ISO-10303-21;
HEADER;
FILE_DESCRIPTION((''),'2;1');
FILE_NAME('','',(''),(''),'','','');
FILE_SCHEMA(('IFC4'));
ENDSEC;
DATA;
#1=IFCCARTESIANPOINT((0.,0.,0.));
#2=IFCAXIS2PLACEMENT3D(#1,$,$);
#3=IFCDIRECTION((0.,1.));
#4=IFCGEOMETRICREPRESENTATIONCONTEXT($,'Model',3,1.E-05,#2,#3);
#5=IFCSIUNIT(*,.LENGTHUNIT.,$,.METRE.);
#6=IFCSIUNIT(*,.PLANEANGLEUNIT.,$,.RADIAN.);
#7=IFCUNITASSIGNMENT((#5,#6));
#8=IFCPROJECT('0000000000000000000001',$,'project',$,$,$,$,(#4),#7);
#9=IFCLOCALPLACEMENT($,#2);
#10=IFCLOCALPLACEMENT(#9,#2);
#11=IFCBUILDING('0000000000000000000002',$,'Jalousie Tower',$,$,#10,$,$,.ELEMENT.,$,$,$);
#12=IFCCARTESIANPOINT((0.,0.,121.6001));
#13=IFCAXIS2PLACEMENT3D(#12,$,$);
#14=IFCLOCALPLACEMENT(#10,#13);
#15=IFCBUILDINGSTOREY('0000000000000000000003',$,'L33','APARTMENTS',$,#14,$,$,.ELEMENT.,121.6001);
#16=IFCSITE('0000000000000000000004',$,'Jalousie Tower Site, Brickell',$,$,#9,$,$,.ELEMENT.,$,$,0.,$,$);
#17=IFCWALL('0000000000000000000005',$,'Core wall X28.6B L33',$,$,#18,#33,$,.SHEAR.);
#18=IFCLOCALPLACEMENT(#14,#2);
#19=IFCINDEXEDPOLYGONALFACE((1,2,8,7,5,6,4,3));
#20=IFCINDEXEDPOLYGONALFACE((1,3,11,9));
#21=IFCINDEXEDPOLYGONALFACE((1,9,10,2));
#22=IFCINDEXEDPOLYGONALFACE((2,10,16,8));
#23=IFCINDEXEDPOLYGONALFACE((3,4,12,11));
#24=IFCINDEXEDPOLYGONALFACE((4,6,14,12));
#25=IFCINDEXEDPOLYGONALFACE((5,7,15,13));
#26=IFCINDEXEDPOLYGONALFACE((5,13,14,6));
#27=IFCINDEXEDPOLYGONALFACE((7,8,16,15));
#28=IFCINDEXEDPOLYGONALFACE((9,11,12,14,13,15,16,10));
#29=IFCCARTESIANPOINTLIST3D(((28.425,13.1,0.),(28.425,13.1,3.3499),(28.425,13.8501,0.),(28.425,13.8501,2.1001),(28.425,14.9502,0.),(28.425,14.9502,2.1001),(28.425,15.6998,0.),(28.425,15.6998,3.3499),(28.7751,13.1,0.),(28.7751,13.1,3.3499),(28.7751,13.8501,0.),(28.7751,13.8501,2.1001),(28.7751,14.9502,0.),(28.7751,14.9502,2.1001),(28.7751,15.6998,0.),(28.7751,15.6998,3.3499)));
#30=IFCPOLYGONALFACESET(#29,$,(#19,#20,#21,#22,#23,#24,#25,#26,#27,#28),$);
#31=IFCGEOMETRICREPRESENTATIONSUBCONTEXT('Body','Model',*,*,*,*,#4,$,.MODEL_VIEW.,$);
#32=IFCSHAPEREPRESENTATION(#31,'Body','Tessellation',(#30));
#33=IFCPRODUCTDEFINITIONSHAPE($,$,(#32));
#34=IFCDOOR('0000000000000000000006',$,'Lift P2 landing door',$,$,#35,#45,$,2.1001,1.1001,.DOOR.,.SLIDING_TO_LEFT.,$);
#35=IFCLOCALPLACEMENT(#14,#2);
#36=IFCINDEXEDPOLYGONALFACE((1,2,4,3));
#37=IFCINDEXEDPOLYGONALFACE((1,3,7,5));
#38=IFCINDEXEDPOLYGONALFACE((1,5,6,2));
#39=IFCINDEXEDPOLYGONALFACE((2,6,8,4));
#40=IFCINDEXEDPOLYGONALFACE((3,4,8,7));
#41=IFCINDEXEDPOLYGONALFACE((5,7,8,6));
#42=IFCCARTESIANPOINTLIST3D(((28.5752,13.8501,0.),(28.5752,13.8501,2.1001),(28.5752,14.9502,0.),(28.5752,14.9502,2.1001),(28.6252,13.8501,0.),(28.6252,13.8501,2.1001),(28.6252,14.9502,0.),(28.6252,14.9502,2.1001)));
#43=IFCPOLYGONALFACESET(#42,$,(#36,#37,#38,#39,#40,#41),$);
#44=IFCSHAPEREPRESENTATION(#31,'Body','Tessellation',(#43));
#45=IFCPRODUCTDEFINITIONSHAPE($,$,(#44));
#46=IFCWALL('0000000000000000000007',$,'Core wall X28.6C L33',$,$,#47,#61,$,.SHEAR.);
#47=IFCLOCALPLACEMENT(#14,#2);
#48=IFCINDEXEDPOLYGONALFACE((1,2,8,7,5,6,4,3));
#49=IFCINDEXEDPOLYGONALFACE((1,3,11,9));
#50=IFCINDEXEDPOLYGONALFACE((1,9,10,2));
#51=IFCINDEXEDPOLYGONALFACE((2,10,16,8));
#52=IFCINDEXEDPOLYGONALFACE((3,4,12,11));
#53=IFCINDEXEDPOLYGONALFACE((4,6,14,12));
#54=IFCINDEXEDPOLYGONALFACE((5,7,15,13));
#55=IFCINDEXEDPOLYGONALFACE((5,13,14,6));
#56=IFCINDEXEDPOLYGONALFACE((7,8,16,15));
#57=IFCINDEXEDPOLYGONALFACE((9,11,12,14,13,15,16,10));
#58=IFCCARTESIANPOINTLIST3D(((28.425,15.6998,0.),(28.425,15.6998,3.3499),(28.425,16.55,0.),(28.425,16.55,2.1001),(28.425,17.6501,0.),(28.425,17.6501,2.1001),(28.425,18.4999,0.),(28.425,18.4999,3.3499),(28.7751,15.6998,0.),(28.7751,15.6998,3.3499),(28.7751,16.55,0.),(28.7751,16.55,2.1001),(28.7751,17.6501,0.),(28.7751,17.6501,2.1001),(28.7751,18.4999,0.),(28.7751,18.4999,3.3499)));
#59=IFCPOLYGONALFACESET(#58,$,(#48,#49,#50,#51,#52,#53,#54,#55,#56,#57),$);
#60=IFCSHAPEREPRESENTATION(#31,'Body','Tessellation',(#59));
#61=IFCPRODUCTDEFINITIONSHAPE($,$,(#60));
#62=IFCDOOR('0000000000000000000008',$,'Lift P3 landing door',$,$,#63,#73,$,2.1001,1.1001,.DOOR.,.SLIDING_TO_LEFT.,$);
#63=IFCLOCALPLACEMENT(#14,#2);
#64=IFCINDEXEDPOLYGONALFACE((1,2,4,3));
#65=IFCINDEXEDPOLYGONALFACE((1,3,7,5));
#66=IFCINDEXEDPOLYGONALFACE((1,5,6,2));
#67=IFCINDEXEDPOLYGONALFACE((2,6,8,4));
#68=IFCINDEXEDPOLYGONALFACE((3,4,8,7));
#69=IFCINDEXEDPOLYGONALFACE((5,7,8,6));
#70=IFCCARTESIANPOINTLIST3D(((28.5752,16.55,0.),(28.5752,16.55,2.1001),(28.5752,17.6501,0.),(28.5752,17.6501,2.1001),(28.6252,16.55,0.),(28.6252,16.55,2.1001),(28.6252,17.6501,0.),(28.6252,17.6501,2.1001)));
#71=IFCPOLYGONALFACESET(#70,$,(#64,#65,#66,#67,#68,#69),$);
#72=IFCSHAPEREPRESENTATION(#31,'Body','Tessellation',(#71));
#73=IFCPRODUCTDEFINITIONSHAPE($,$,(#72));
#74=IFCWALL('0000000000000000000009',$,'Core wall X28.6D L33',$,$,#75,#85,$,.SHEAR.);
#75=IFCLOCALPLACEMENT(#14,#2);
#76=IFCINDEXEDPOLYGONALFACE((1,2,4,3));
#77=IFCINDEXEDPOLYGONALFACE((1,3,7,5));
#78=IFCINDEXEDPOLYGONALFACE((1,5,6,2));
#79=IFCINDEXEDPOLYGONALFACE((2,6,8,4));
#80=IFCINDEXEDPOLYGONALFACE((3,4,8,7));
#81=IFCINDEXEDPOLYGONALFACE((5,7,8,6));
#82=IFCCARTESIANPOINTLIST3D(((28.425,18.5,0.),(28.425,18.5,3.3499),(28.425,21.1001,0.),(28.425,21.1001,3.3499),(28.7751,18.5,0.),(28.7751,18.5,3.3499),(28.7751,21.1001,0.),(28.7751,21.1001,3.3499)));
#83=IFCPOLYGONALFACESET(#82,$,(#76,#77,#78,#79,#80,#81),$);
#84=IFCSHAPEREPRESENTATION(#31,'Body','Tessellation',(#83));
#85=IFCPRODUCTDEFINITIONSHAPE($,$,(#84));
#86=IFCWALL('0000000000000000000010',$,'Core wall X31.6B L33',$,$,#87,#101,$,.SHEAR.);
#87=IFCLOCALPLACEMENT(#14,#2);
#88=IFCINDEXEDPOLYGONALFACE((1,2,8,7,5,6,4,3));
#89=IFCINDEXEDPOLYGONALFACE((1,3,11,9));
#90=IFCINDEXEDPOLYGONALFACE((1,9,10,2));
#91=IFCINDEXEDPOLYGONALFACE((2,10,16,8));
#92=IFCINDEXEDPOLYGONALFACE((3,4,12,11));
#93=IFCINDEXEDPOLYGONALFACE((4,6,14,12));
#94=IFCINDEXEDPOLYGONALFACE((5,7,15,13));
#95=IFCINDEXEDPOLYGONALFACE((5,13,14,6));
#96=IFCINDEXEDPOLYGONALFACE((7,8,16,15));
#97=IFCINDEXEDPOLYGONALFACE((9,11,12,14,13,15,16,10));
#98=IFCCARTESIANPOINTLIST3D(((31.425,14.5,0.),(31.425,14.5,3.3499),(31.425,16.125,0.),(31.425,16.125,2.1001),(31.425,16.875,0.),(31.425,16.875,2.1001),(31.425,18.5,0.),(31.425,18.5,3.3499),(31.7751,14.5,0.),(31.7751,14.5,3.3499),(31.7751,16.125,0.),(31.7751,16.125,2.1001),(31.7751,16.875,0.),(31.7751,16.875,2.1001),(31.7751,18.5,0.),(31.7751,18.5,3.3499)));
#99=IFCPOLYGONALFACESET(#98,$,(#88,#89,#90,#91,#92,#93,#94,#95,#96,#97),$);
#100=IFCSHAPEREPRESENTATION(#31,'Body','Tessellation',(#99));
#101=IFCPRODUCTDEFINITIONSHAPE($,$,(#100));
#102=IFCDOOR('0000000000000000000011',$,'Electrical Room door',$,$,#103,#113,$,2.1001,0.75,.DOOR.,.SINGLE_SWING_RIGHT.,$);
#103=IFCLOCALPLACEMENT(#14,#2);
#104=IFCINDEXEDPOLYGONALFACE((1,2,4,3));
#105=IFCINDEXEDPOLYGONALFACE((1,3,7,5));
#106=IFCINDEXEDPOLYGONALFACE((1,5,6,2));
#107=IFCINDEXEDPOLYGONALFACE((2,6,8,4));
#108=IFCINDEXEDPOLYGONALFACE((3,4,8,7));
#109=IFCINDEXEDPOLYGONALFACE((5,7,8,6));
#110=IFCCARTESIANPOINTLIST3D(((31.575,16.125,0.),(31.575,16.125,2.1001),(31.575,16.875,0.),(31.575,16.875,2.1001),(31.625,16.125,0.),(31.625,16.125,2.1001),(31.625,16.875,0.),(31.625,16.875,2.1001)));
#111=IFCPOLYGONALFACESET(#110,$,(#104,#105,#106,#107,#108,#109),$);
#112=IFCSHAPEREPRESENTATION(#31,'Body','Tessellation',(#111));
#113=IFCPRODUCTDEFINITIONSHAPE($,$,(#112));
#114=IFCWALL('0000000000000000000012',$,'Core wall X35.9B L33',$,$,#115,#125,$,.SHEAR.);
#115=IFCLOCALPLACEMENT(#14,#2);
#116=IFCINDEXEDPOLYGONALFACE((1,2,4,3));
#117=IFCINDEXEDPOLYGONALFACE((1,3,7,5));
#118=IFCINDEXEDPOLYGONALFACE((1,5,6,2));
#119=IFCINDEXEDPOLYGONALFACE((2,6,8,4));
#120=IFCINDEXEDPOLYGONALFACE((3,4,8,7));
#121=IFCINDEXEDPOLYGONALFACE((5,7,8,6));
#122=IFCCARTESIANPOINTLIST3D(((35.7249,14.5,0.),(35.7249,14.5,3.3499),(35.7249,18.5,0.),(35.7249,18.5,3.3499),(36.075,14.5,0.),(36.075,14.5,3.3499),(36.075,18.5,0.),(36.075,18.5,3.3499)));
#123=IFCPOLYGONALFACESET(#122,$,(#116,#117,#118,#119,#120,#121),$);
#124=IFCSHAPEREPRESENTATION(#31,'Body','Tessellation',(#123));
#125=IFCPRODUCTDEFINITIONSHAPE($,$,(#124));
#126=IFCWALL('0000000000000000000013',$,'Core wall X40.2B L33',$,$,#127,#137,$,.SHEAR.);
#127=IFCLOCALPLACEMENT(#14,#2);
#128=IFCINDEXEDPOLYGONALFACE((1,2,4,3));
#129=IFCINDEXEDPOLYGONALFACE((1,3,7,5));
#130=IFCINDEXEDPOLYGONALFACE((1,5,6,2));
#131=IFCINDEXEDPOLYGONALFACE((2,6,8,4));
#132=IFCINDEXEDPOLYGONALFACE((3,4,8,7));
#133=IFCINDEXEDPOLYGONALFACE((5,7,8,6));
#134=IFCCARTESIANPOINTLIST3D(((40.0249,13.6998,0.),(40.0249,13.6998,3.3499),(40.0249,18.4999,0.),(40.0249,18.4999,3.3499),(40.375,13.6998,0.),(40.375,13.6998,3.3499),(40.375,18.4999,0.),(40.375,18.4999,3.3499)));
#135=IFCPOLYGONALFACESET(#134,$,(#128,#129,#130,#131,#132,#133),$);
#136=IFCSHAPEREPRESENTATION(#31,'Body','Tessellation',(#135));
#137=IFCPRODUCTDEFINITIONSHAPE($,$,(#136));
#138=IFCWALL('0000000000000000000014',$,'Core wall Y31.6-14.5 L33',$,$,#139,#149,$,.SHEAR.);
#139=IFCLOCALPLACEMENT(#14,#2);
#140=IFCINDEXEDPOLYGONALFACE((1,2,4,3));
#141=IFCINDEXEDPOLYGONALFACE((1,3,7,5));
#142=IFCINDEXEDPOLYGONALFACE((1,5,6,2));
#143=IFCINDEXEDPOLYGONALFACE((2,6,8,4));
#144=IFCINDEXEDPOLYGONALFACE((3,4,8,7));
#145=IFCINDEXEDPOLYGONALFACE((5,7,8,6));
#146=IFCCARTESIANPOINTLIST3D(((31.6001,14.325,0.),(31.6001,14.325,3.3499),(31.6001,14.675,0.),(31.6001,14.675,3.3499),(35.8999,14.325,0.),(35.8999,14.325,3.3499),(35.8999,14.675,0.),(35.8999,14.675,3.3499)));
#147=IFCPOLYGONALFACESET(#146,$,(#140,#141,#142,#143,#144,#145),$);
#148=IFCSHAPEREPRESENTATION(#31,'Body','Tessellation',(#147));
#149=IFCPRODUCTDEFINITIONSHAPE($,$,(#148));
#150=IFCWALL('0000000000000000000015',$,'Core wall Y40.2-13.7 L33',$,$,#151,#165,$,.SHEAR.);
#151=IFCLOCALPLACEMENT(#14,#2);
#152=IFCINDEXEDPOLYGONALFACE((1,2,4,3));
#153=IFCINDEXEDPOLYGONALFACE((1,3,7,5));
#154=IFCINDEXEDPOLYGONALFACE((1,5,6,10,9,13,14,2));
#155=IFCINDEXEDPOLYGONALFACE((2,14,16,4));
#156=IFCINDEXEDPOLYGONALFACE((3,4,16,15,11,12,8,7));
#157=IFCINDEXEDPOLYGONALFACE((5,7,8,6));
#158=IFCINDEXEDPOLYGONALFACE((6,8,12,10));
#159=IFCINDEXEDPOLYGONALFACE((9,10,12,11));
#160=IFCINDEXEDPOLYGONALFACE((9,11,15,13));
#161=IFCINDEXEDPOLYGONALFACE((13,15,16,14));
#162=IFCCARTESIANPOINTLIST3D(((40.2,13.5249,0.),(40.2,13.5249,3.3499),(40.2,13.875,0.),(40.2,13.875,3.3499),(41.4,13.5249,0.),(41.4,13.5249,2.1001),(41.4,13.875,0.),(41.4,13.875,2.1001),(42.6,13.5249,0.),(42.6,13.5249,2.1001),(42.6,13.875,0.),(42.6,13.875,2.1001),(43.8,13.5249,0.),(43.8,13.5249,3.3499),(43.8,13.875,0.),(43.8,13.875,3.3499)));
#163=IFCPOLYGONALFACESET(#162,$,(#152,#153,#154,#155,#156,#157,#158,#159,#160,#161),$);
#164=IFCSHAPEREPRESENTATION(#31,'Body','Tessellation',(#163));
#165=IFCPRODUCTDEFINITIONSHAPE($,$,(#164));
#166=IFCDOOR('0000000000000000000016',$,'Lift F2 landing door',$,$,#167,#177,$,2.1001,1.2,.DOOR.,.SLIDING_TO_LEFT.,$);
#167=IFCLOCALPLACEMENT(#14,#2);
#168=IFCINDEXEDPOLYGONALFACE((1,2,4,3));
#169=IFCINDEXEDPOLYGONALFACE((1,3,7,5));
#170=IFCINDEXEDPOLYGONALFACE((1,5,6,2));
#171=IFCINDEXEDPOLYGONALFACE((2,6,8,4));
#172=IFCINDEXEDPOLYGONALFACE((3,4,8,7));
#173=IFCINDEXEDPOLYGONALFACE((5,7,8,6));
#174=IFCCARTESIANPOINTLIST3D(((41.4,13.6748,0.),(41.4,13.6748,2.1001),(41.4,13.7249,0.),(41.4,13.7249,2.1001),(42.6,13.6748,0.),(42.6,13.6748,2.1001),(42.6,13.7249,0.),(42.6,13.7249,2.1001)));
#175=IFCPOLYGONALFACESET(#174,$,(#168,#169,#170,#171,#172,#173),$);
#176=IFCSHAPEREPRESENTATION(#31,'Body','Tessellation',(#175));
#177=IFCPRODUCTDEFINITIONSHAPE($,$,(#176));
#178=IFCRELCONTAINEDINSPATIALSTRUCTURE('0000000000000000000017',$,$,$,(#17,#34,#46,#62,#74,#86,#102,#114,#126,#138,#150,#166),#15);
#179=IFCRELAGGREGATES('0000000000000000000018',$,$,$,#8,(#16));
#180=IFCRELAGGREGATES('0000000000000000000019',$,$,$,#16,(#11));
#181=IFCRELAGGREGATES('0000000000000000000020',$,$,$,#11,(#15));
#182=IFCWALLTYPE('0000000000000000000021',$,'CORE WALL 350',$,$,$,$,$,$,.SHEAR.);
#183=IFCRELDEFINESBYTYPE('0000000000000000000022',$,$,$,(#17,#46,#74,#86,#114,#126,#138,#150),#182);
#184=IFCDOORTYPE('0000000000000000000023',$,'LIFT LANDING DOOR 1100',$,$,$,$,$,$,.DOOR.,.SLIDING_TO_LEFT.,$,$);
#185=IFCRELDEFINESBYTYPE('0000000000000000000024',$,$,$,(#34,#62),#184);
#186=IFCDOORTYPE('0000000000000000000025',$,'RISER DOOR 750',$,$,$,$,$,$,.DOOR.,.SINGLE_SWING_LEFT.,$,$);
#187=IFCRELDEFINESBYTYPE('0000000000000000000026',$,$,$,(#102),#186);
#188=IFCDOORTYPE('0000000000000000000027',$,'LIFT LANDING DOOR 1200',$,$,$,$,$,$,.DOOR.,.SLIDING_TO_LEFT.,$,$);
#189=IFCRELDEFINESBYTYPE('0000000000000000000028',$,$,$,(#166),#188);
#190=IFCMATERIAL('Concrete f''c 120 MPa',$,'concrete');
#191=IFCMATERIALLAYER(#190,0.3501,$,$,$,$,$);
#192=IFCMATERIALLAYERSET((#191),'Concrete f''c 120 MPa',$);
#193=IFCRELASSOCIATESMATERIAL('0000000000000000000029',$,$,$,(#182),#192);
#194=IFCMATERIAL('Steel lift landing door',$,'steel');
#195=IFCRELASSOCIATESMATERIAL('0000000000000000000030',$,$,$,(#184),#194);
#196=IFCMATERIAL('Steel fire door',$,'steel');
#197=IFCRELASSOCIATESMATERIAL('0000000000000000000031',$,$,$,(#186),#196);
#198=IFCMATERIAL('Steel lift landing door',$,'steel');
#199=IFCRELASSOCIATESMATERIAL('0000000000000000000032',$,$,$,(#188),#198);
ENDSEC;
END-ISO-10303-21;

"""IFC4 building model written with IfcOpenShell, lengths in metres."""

from ifc_helpers import new_model, si_unit, direction, frame, frame_2d, origin, place, context, subcontext, project, spatial, rectangle, extrude, material, layer, layer_set, type_object, element, fill, save


model = new_model("IFC4")

# Units and contexts
model_context = context("Model", 3, precision=1e-05, world=origin(), true_north=direction((0.0, 1.0)))
body_context = subcontext(model_context, "Body", "Model", "MODEL_VIEW")
ifc_project = project(units=[si_unit("LENGTHUNIT", "METRE"), si_unit("PLANEANGLEUNIT", "RADIAN")], contexts=[model_context])

# Site, building, storey
site_placement = place(None, origin())
site = spatial("IfcSite", under=ifc_project, at=site_placement, Name="Jalousie Tower Site, Brickell", CompositionType="ELEMENT", RefElevation=0.0)
building_placement = place(site_placement, origin())
building = spatial("IfcBuilding", under=site, at=building_placement, Name="Jalousie Tower", CompositionType="ELEMENT")
storey_placement = place(building_placement, frame((0.0, 0.0, 121.6001)))
storey = spatial("IfcBuildingStorey", under=building, at=storey_placement, Name="L33", Description="APARTMENTS", CompositionType="ELEMENT", Elevation=121.6001)

# Walls, openings, doors
ifc_material_1 = material(Name="Concrete f'c 120 MPa", Category="concrete")
ifc_layer = layer(ifc_material_1, 0.3501)
ifc_layer_set = layer_set([ifc_layer], Name="Concrete f'c 120 MPa")
wall_type = type_object("IfcWallType", Name="CORE WALL 350", PredefinedType="SHEAR", material=ifc_layer_set)
wall_1_placement = place(storey_placement, frame((28.6001, 13.1001, 0.0), z_axis=(0.0, 0.0, 1.0), x_axis=(0.0, 1.0, 0.0)))
wall_1 = element("IfcWall", 1, at=wall_1_placement, inside=storey, type_object=wall_type, Name="Core wall X28.6B L33", PredefinedType="SHEAR", context=body_context, shape_type="SweptSolid", body=[
    extrude(rectangle(XDim=2.5999, YDim=0.3501, at=frame_2d((1.2998, 0.0))), origin(), (0.0, 0.0, 1.0), 3.3499),
])
opening_1_placement = place(wall_1_placement, frame((0.75, 0.0, 0.0)))
opening_1 = element("IfcOpeningElement", 2, at=opening_1_placement, cuts=wall_1, PredefinedType="OPENING", context=body_context, shape_type="SweptSolid", body=[
    extrude(rectangle(XDim=1.1001, YDim=2.1001, at=frame_2d((0.55, 1.05))), frame((0.0, 0.1851, 0.0), z_axis=(0.0, -1.0, 0.0), x_axis=(1.0, 0.0, 0.0)), (0.0, 0.0, 1.0), 0.3701),
])
ifc_material_2 = material(Name="Steel lift landing door", Category="steel")
door_type_1 = type_object("IfcDoorType", Name="LIFT LANDING DOOR 1100", OperationType="SLIDING_TO_LEFT", PredefinedType="DOOR", material=ifc_material_2)
door_1_placement = place(opening_1_placement, origin())
door_1 = element("IfcDoor", 3, at=door_1_placement, inside=storey, type_object=door_type_1, Name="Lift P2 landing door", OperationType="SLIDING_TO_LEFT", OverallHeight=2.1001, OverallWidth=1.1001, PredefinedType="DOOR", context=body_context, shape_type="SweptSolid", body=[
    extrude(rectangle(XDim=1.1001, YDim=2.1001, at=frame_2d((0.55, 1.05))), frame((0.0, 0.0249, 0.0), z_axis=(0.0, -1.0, 0.0), x_axis=(1.0, 0.0, 0.0)), (0.0, 0.0, 1.0), 0.05),
])
fill(opening_1, door_1)
wall_2_placement = place(storey_placement, frame((28.6001, 15.7, 0.0), z_axis=(0.0, 0.0, 1.0), x_axis=(0.0, 1.0, 0.0)))
wall_2 = element("IfcWall", 4, at=wall_2_placement, inside=storey, type_object=wall_type, Name="Core wall X28.6C L33", PredefinedType="SHEAR", context=body_context, shape_type="SweptSolid", body=[
    extrude(rectangle(XDim=2.8, YDim=0.3501, at=frame_2d((1.3999, 0.0))), origin(), (0.0, 0.0, 1.0), 3.3499),
])
opening_2_placement = place(wall_2_placement, frame((0.8501, 0.0, 0.0)))
opening_2 = element("IfcOpeningElement", 5, at=opening_2_placement, cuts=wall_2, PredefinedType="OPENING", context=body_context, shape_type="SweptSolid", body=[
    extrude(rectangle(XDim=1.1001, YDim=2.1001, at=frame_2d((0.55, 1.05))), frame((0.0, 0.1851, 0.0), z_axis=(0.0, -1.0, 0.0), x_axis=(1.0, 0.0, 0.0)), (0.0, 0.0, 1.0), 0.3701),
])
door_2_placement = place(opening_2_placement, origin())
door_2 = element("IfcDoor", 6, at=door_2_placement, inside=storey, type_object=door_type_1, Name="Lift P3 landing door", OperationType="SLIDING_TO_LEFT", OverallHeight=2.1001, OverallWidth=1.1001, PredefinedType="DOOR", context=body_context, shape_type="SweptSolid", body=[
    extrude(rectangle(XDim=1.1001, YDim=2.1001, at=frame_2d((0.55, 1.05))), frame((0.0, 0.0249, 0.0), z_axis=(0.0, -1.0, 0.0), x_axis=(1.0, 0.0, 0.0)), (0.0, 0.0, 1.0), 0.05),
])
fill(opening_2, door_2)

# Wall
wall_3_placement = place(storey_placement, frame((28.6001, 18.5, 0.0), z_axis=(0.0, 0.0, 1.0), x_axis=(0.0, 1.0, 0.0)))
element("IfcWall", 7, at=wall_3_placement, inside=storey, type_object=wall_type, Name="Core wall X28.6D L33", PredefinedType="SHEAR", context=body_context, shape_type="SweptSolid", body=[
    extrude(rectangle(XDim=2.6001, YDim=0.3501, at=frame_2d((1.3, 0.0))), origin(), (0.0, 0.0, 1.0), 3.3499),
])

# Wall, opening, door
wall_4_placement = place(storey_placement, frame((31.6001, 14.5, 0.0), z_axis=(0.0, 0.0, 1.0), x_axis=(0.0, 1.0, 0.0)))
wall_4 = element("IfcWall", 8, at=wall_4_placement, inside=storey, type_object=wall_type, Name="Core wall X31.6B L33", PredefinedType="SHEAR", context=body_context, shape_type="SweptSolid", body=[
    extrude(rectangle(XDim=4.0, YDim=0.3501, at=frame_2d((2.0, 0.0))), origin(), (0.0, 0.0, 1.0), 3.3499),
])
opening_3_placement = place(wall_4_placement, frame((1.625, 0.0, 0.0)))
opening_3 = element("IfcOpeningElement", 9, at=opening_3_placement, cuts=wall_4, PredefinedType="OPENING", context=body_context, shape_type="SweptSolid", body=[
    extrude(rectangle(XDim=0.75, YDim=2.1001, at=frame_2d((0.375, 1.05))), frame((0.0, 0.1851, 0.0), z_axis=(0.0, -1.0, 0.0), x_axis=(1.0, 0.0, 0.0)), (0.0, 0.0, 1.0), 0.3701),
])
ifc_material_3 = material(Name="Steel fire door", Category="steel")
door_type_2 = type_object("IfcDoorType", Name="RISER DOOR 750", OperationType="SINGLE_SWING_LEFT", PredefinedType="DOOR", material=ifc_material_3)
door_3_placement = place(opening_3_placement, frame((0.75, 0.0, 0.0), z_axis=(0.0, 0.0, 1.0), x_axis=(-1.0, 0.0, 0.0)))
door_3 = element("IfcDoor", 10, at=door_3_placement, inside=storey, type_object=door_type_2, Name="Electrical Room door", OperationType="SINGLE_SWING_RIGHT", OverallHeight=2.1001, OverallWidth=0.75, PredefinedType="DOOR", context=body_context, shape_type="SweptSolid", body=[
    extrude(rectangle(XDim=0.75, YDim=2.1001, at=frame_2d((0.375, 1.05))), frame((0.0, 0.0249, 0.0), z_axis=(0.0, -1.0, 0.0), x_axis=(1.0, 0.0, 0.0)), (0.0, 0.0, 1.0), 0.05),
])
fill(opening_3, door_3)

# Walls
wall_5_placement = place(storey_placement, frame((35.8999, 14.5, 0.0), z_axis=(0.0, 0.0, 1.0), x_axis=(0.0, 1.0, 0.0)))
element("IfcWall", 11, at=wall_5_placement, inside=storey, type_object=wall_type, Name="Core wall X35.9B L33", PredefinedType="SHEAR", context=body_context, shape_type="SweptSolid", body=[
    extrude(rectangle(XDim=4.0, YDim=0.3501, at=frame_2d((2.0, 0.0))), origin(), (0.0, 0.0, 1.0), 3.3499),
])
wall_6_placement = place(storey_placement, frame((40.2, 13.7, 0.0), z_axis=(0.0, 0.0, 1.0), x_axis=(0.0, 1.0, 0.0)))
element("IfcWall", 12, at=wall_6_placement, inside=storey, type_object=wall_type, Name="Core wall X40.2B L33", PredefinedType="SHEAR", context=body_context, shape_type="SweptSolid", body=[
    extrude(rectangle(XDim=4.8, YDim=0.3501, at=frame_2d((2.3999, 0.0))), origin(), (0.0, 0.0, 1.0), 3.3499),
])
wall_7_placement = place(storey_placement, frame((31.6001, 14.5, 0.0), z_axis=(0.0, 0.0, 1.0), x_axis=(1.0, 0.0, 0.0)))
element("IfcWall", 13, at=wall_7_placement, inside=storey, type_object=wall_type, Name="Core wall Y31.6-14.5 L33", PredefinedType="SHEAR", context=body_context, shape_type="SweptSolid", body=[
    extrude(rectangle(XDim=4.2998, YDim=0.3501, at=frame_2d((2.1499, 0.0))), origin(), (0.0, 0.0, 1.0), 3.3499),
])

# Wall, opening, door
wall_8_placement = place(storey_placement, frame((40.2, 13.7, 0.0), z_axis=(0.0, 0.0, 1.0), x_axis=(1.0, 0.0, 0.0)))
wall_8 = element("IfcWall", 14, at=wall_8_placement, inside=storey, type_object=wall_type, Name="Core wall Y40.2-13.7 L33", PredefinedType="SHEAR", context=body_context, shape_type="SweptSolid", body=[
    extrude(rectangle(XDim=3.6001, YDim=0.3501, at=frame_2d((1.8, 0.0))), origin(), (0.0, 0.0, 1.0), 3.3499),
])
opening_4_placement = place(wall_8_placement, frame((1.2, 0.0, 0.0)))
opening_4 = element("IfcOpeningElement", 15, at=opening_4_placement, cuts=wall_8, PredefinedType="OPENING", context=body_context, shape_type="SweptSolid", body=[
    extrude(rectangle(XDim=1.2, YDim=2.1001, at=frame_2d((0.6001, 1.05))), frame((0.0, 0.1851, 0.0), z_axis=(0.0, -1.0, 0.0), x_axis=(1.0, 0.0, 0.0)), (0.0, 0.0, 1.0), 0.3701),
])
ifc_material_4 = material(Name="Steel lift landing door", Category="steel")
door_type_3 = type_object("IfcDoorType", Name="LIFT LANDING DOOR 1200", OperationType="SLIDING_TO_LEFT", PredefinedType="DOOR", material=ifc_material_4)
door_4_placement = place(opening_4_placement, origin())
door_4 = element("IfcDoor", 16, at=door_4_placement, inside=storey, type_object=door_type_3, Name="Lift F2 landing door", OperationType="SLIDING_TO_LEFT", OverallHeight=2.1001, OverallWidth=1.2, PredefinedType="DOOR", context=body_context, shape_type="SweptSolid", body=[
    extrude(rectangle(XDim=1.2, YDim=2.1001, at=frame_2d((0.6001, 1.05))), frame((0.0, 0.0249, 0.0), z_axis=(0.0, -1.0, 0.0), x_axis=(1.0, 0.0, 0.0)), (0.0, 0.0, 1.0), 0.05),
])
fill(opening_4, door_4)

save(model, "model.ifc")
